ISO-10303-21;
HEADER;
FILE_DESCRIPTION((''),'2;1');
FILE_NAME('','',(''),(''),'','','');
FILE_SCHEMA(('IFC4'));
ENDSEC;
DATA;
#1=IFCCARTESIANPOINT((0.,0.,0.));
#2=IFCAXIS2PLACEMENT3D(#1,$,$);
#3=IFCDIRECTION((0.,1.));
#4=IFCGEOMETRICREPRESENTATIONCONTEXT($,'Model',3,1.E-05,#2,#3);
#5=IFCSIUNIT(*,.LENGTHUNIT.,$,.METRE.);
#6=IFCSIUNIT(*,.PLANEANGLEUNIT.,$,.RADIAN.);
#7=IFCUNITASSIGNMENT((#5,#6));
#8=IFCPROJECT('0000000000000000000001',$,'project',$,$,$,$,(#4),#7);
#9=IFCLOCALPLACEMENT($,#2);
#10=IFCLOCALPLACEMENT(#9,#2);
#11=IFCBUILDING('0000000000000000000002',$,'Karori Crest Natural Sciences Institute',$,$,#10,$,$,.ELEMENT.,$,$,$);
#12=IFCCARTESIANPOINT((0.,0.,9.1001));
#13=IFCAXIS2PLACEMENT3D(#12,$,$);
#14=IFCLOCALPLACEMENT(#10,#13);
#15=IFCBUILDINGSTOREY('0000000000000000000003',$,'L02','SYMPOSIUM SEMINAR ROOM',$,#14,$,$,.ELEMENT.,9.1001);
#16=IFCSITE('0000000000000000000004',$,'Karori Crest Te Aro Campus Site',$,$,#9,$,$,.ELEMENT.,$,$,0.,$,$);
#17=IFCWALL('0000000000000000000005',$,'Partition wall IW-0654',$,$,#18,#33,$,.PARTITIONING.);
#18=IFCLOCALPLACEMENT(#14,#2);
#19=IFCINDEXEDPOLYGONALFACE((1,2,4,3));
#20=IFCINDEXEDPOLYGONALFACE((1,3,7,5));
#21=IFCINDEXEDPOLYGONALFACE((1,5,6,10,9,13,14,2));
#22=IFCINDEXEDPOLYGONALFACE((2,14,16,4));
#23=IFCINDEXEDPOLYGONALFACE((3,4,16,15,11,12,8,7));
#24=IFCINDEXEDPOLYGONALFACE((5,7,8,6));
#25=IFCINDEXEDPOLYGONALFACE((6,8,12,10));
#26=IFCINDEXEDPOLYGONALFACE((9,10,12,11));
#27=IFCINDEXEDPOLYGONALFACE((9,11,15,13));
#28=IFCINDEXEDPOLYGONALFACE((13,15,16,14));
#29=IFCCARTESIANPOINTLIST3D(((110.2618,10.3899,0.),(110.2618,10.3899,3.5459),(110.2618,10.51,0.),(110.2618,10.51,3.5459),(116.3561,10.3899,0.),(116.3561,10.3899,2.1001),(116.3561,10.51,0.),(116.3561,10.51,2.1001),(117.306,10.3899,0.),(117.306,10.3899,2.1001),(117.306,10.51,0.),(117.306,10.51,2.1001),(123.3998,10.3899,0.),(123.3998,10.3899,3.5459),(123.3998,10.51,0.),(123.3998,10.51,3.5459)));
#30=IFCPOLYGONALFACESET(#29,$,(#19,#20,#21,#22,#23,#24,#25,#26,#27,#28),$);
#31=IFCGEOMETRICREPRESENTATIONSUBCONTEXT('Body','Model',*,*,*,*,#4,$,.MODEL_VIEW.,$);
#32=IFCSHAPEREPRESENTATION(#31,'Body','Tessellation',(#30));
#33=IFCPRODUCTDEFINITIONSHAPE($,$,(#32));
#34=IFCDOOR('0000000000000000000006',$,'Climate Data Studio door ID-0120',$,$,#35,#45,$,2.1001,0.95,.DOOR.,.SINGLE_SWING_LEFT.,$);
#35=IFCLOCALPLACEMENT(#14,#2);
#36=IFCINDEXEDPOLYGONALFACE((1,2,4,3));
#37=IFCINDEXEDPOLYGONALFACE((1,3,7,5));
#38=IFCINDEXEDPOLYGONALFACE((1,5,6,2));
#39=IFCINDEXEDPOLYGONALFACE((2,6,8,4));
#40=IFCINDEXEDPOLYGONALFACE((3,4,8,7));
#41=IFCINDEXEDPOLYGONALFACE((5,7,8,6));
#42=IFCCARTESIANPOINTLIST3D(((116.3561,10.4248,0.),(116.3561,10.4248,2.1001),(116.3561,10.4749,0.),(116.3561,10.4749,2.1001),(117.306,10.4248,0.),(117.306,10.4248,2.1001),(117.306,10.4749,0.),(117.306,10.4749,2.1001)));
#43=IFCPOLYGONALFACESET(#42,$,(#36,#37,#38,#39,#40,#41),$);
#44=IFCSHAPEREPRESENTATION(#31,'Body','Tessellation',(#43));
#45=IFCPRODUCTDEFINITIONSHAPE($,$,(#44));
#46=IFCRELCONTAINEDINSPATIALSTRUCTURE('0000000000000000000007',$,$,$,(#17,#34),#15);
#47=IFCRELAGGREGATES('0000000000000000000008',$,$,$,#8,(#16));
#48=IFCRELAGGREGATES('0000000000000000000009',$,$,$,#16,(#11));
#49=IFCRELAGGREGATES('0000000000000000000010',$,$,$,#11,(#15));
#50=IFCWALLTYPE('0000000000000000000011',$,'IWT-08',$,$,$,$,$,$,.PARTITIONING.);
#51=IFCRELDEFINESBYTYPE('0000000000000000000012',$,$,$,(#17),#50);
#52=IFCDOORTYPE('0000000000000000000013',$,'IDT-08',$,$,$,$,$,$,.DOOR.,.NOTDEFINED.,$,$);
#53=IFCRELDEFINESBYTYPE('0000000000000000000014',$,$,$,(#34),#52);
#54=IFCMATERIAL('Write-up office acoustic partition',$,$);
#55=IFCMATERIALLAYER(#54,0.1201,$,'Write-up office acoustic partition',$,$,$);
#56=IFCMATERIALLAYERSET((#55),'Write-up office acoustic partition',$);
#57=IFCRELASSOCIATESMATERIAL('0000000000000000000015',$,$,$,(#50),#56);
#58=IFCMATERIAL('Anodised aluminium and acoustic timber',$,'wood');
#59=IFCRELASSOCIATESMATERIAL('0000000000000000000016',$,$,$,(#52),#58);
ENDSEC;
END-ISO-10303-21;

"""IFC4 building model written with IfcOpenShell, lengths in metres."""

from ifc_helpers import new_model, si_unit, direction, frame, frame_2d, origin, place, context, subcontext, project, spatial, rectangle, extrude, material, layer, layer_set, type_object, element, fill, save


model = new_model("IFC4")

# Units and contexts
model_context = context("Model", 3, precision=1e-05, world=origin(), true_north=direction((0.0, 1.0)))
body_context = subcontext(model_context, "Body", "Model", "MODEL_VIEW")
ifc_project = project(units=[si_unit("LENGTHUNIT", "METRE"), si_unit("PLANEANGLEUNIT", "RADIAN")], contexts=[model_context])

# Site, building, storey
site_placement = place(None, origin())
site = spatial("IfcSite", under=ifc_project, at=site_placement, Name="Karori Crest Te Aro Campus Site", CompositionType="ELEMENT", RefElevation=0.0)
building_placement = place(site_placement, origin())
building = spatial("IfcBuilding", under=site, at=building_placement, Name="Karori Crest Natural Sciences Institute", CompositionType="ELEMENT")
storey_placement = place(building_placement, frame((0.0, 0.0, 9.1001)))
storey = spatial("IfcBuildingStorey", under=building, at=storey_placement, Name="L02", Description="SYMPOSIUM SEMINAR ROOM", CompositionType="ELEMENT", Elevation=9.1001)

# Wall, opening, door
ifc_material_1 = material(Name="Write-up office acoustic partition")
ifc_layer_1 = layer(ifc_material_1, 0.1201, Name="Write-up office acoustic partition")
ifc_layer_set_1 = layer_set([ifc_layer_1], Name="Write-up office acoustic partition")
wall_type = type_object("IfcWallType", Name="IWT-08", PredefinedType="PARTITIONING", material=ifc_layer_set_1)
wall_placement = place(storey_placement, frame((110.262, 10.45, 0.0), z_axis=(0.0, 0.0, 1.0), x_axis=(1.0, 0.0, 0.0)))
wall = element("IfcWall", 1, at=wall_placement, inside=storey, type_object=wall_type, Name="Partition wall IW-0654", PredefinedType="PARTITIONING", context=body_context, shape_type="SweptSolid", body=[
    extrude(rectangle(XDim=13.1379, YDim=0.1201, at=frame_2d((6.5688, 0.0))), origin(), (0.0, 0.0, 1.0), 3.5459),
])
opening_placement = place(wall_placement, frame((6.094, 0.0, 0.0)))
opening = element("IfcOpeningElement", 2, at=opening_placement, cuts=wall, PredefinedType="OPENING", context=body_context, shape_type="SweptSolid", body=[
    extrude(rectangle(XDim=0.95, YDim=2.1001, at=frame_2d((0.4751, 1.05))), frame((0.0, 0.0701, 0.0), z_axis=(0.0, -1.0, 0.0), x_axis=(1.0, 0.0, 0.0)), (0.0, 0.0, 1.0), 0.1401),
])
ifc_material_2 = material(Name="Anodised aluminium and acoustic timber", Category="wood")
door_type = type_object("IfcDoorType", Name="IDT-08", OperationType="NOTDEFINED", PredefinedType="DOOR", material=ifc_material_2)
door_placement = place(opening_placement, origin())
door = element("IfcDoor", 3, at=door_placement, inside=storey, type_object=door_type, Name="Climate Data Studio door ID-0120", OperationType="SINGLE_SWING_LEFT", OverallHeight=2.1001, OverallWidth=0.95, PredefinedType="DOOR", context=body_context, shape_type="SweptSolid", body=[
    extrude(rectangle(XDim=0.95, YDim=2.1001, at=frame_2d((0.4751, 1.05))), frame((0.0, 0.0249, 0.0), z_axis=(0.0, -1.0, 0.0), x_axis=(1.0, 0.0, 0.0)), (0.0, 0.0, 1.0), 0.05),
])
fill(opening, door)

save(model, "model.ifc")
